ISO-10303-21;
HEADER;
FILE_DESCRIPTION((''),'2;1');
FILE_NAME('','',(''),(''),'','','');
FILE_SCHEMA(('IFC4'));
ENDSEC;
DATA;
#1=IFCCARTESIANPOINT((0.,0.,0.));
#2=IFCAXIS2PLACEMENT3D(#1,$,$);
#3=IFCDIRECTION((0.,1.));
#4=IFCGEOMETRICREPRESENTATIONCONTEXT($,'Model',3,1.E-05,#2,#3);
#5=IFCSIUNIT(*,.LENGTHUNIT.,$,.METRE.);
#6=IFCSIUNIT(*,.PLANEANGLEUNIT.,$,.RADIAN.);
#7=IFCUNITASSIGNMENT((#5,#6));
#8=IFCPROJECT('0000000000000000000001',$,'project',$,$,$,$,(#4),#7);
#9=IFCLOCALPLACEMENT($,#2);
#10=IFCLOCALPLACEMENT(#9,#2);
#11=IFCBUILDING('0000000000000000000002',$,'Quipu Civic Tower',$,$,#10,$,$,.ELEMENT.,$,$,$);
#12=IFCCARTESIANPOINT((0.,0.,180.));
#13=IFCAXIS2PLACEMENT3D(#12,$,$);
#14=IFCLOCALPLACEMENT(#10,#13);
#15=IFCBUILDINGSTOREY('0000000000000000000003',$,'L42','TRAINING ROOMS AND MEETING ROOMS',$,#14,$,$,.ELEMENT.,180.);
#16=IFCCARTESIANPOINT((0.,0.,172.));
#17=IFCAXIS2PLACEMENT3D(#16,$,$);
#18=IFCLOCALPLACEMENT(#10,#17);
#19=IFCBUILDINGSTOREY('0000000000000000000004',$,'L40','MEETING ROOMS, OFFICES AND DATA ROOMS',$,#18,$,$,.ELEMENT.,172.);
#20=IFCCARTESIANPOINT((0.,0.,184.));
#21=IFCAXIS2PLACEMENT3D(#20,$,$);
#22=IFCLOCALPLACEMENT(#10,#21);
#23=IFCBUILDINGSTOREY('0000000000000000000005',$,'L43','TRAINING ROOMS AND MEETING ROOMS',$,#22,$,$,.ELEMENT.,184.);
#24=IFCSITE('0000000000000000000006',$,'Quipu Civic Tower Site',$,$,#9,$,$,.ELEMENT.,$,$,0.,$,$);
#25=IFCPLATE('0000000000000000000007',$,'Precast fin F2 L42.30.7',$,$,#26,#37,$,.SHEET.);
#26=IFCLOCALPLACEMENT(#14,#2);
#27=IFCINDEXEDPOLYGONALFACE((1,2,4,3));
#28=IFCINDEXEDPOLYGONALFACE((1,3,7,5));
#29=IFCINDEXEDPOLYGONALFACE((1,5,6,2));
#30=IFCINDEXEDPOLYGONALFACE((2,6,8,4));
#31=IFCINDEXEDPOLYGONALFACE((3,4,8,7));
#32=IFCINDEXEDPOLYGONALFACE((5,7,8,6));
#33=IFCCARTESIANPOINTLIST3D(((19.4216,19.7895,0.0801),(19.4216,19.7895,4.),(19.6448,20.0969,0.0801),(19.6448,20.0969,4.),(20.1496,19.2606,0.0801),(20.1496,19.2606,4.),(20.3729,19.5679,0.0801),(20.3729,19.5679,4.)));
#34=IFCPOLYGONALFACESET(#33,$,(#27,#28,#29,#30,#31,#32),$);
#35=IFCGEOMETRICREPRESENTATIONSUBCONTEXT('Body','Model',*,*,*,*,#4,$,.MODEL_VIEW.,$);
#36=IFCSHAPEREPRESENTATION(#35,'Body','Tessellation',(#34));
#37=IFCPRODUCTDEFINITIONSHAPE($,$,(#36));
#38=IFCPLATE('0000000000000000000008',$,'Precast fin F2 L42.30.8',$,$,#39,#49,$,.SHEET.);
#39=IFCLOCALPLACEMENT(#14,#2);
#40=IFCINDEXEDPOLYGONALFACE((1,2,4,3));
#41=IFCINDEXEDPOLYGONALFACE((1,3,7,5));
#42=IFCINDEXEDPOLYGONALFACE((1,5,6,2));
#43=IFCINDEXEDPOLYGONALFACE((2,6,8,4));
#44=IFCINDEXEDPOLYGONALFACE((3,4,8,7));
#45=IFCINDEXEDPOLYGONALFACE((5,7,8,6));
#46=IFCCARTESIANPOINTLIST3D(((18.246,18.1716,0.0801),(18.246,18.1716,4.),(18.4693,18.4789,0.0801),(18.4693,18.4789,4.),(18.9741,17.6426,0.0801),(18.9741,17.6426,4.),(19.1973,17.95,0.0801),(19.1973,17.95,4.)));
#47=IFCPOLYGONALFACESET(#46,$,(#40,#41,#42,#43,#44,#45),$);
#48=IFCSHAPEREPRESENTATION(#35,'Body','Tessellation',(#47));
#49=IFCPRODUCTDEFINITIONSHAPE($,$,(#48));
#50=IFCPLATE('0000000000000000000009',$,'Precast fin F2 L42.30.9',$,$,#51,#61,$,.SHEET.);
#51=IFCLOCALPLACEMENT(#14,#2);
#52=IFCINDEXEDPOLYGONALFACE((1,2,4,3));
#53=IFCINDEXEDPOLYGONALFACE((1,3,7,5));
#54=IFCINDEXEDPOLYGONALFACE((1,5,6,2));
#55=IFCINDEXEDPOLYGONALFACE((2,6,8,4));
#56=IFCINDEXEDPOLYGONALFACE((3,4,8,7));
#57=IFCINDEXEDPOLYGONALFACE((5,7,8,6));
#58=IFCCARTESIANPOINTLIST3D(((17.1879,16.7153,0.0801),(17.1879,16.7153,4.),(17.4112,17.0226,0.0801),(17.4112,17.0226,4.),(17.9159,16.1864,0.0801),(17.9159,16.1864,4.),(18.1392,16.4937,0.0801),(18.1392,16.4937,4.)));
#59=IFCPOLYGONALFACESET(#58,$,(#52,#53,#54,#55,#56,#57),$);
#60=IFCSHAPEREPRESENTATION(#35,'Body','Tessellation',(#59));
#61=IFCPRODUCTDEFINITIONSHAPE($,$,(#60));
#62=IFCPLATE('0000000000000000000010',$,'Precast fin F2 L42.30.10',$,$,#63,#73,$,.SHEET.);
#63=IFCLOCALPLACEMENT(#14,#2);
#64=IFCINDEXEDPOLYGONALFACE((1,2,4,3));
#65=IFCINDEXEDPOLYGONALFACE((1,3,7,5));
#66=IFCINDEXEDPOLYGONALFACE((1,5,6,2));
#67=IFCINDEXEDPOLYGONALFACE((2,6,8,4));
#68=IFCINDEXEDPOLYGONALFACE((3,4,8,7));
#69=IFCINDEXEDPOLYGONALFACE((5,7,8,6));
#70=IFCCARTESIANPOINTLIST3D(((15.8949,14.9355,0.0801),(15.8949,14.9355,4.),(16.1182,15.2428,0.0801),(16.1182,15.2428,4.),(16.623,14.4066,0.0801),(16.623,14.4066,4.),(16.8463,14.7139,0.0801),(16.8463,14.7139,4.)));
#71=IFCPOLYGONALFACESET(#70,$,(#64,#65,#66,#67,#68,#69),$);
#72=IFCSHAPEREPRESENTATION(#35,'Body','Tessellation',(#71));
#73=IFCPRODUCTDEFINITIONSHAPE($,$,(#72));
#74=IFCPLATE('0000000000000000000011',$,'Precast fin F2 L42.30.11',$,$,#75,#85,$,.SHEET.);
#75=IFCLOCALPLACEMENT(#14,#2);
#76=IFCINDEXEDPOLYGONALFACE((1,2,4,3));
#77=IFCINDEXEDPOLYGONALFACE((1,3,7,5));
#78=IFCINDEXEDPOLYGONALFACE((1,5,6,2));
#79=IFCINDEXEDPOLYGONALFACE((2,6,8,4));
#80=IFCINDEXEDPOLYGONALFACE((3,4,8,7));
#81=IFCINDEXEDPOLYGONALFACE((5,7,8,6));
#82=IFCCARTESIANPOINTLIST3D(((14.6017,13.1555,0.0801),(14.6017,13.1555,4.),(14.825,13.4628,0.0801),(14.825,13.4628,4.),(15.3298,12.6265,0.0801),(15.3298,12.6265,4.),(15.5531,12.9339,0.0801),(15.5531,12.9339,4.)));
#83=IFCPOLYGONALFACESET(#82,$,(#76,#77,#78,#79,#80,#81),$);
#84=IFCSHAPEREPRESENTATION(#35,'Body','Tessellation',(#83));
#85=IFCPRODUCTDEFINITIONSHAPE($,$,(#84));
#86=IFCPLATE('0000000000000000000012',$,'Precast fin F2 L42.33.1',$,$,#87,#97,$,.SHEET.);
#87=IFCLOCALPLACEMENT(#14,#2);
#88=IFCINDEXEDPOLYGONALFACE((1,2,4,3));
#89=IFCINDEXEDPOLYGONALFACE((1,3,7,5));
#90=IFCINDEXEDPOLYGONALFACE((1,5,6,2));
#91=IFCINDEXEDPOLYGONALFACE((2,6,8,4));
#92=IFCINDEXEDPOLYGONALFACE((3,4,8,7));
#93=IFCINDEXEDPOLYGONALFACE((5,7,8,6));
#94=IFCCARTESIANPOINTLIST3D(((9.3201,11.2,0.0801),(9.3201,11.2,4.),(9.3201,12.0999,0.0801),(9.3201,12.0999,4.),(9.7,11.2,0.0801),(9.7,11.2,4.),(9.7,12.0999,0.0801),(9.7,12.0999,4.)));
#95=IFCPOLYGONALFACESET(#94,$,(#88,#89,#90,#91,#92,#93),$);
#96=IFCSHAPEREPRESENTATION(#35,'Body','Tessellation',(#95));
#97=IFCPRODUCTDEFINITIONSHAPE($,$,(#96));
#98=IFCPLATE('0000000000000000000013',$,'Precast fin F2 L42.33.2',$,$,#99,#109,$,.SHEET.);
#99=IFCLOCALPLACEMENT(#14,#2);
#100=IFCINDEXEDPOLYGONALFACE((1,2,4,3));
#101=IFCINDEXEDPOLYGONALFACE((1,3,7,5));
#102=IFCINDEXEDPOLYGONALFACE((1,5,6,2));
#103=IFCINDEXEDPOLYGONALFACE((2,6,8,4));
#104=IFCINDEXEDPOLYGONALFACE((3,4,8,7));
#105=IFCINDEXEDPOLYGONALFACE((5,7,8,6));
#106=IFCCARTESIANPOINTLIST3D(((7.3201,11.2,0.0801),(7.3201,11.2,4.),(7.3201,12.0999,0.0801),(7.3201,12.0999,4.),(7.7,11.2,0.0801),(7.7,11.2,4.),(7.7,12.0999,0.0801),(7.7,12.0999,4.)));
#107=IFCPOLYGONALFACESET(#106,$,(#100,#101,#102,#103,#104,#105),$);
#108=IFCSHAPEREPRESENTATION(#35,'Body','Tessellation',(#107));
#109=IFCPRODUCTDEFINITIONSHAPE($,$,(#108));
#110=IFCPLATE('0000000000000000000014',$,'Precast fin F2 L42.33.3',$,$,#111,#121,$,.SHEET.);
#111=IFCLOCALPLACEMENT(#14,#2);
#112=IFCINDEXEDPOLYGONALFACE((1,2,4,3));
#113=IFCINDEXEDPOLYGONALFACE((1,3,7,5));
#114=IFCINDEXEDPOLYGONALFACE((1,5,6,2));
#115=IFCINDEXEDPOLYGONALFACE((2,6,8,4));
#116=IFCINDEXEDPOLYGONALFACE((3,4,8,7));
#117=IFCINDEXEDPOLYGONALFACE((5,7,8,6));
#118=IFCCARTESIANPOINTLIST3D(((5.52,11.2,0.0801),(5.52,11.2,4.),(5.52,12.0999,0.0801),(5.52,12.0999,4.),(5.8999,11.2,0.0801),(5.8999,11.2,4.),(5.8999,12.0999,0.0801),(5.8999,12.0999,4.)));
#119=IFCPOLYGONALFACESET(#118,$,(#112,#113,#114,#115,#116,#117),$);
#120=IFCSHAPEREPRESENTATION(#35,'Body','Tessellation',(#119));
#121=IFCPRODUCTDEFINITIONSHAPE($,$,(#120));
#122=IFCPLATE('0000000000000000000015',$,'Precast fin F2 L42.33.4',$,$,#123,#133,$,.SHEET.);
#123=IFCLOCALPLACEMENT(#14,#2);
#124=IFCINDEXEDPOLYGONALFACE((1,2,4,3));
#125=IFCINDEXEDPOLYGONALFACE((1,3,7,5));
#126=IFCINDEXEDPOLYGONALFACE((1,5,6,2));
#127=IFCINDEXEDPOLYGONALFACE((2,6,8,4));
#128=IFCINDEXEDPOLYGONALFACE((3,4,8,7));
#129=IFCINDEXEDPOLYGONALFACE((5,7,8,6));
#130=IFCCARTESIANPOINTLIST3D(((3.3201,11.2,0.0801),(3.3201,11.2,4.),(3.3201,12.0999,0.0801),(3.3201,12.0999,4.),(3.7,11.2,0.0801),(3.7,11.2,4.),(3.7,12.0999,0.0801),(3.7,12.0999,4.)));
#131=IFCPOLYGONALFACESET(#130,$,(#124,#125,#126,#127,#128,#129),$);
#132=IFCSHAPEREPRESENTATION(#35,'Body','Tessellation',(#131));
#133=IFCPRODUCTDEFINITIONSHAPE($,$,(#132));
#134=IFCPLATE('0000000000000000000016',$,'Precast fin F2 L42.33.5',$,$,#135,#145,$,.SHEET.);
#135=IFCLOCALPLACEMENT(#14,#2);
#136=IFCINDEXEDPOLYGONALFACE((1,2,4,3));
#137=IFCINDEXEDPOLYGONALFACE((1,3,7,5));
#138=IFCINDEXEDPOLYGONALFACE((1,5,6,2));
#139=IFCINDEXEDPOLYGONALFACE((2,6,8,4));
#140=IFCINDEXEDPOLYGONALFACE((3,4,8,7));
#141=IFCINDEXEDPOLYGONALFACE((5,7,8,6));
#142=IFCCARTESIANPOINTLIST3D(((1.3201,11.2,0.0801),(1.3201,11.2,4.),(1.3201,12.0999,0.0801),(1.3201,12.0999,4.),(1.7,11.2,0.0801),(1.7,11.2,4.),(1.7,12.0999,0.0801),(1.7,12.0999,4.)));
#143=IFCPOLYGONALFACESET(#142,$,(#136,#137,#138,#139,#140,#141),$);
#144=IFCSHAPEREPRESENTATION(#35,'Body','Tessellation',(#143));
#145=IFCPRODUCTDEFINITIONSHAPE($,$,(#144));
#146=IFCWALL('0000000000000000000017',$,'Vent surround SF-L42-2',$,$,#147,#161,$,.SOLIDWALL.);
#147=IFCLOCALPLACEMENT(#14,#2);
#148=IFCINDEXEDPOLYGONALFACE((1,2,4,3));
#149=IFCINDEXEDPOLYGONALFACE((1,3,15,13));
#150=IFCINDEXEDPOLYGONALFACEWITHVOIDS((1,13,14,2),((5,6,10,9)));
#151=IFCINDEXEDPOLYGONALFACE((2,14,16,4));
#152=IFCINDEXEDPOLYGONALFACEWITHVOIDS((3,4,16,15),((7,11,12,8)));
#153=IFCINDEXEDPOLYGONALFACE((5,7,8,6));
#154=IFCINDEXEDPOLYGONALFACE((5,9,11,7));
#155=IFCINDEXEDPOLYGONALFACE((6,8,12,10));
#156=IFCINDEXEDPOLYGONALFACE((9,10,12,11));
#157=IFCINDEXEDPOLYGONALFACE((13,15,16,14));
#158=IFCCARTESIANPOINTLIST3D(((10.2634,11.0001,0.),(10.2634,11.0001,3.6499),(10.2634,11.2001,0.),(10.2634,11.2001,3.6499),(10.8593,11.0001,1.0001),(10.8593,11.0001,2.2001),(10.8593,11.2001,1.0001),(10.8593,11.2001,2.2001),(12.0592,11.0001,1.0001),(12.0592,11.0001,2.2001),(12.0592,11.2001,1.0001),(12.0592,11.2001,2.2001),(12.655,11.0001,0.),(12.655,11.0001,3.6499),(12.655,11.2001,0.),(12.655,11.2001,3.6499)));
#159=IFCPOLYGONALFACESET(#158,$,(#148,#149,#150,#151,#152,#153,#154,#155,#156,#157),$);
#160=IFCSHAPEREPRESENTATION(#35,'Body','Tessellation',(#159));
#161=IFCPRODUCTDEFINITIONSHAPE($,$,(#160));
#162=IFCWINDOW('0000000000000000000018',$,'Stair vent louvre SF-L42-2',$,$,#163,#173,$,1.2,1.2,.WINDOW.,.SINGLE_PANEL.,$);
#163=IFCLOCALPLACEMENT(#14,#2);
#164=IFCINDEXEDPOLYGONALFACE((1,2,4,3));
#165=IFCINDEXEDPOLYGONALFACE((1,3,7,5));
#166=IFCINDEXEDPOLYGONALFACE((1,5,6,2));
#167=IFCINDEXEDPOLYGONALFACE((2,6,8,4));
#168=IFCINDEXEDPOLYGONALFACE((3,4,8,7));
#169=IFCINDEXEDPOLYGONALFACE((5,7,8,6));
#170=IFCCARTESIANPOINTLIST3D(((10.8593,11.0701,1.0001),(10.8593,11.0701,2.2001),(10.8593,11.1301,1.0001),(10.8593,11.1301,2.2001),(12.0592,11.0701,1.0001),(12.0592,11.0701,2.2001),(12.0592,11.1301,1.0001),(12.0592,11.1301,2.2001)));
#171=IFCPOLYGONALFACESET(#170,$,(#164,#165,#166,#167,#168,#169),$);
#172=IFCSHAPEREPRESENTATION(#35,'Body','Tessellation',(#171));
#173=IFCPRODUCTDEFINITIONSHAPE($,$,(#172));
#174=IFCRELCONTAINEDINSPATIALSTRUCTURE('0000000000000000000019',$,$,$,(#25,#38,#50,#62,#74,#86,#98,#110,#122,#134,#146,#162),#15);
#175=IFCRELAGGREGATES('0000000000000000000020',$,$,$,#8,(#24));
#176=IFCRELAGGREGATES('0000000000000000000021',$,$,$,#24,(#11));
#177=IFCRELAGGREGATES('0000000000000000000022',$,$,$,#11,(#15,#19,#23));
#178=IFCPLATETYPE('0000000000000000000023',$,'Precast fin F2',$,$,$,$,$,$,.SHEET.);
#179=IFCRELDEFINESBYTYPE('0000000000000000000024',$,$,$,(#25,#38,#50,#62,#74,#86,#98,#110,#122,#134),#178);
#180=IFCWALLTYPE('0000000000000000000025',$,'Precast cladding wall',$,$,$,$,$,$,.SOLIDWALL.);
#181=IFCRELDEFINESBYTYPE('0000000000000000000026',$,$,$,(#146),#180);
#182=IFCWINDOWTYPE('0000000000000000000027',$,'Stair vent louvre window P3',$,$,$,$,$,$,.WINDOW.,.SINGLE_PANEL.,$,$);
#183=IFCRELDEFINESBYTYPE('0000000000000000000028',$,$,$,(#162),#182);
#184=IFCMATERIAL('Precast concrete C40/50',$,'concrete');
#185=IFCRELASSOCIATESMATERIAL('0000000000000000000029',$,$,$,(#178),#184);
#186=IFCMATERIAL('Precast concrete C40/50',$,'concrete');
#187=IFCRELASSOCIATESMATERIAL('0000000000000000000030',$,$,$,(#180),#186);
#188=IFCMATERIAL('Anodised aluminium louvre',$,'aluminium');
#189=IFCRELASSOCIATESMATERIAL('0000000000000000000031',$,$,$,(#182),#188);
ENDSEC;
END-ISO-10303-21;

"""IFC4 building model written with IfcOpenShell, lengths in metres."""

from ifc_helpers import new_model, si_unit, direction, frame, frame_2d, origin, origin_2d, place, context, subcontext, project, spatial, rectangle, extrude, material, type_object, element, fill, save


model = new_model("IFC4")

# Units and contexts
model_context = context("Model", 3, precision=1e-05, world=origin(), true_north=direction((0.0, 1.0)))
body_context = subcontext(model_context, "Body", "Model", "MODEL_VIEW")
ifc_project = project(units=[si_unit("LENGTHUNIT", "METRE"), si_unit("PLANEANGLEUNIT", "RADIAN")], contexts=[model_context])

# Site, building, storey
site_placement = place(None, origin())
site = spatial("IfcSite", under=ifc_project, at=site_placement, Name="Quipu Civic Tower Site", CompositionType="ELEMENT", RefElevation=0.0)
building_placement = place(site_placement, origin())
building = spatial("IfcBuilding", under=site, at=building_placement, Name="Quipu Civic Tower", CompositionType="ELEMENT")
storey_1_placement = place(building_placement, frame((0.0, 0.0, 180.0)))
storey_1 = spatial("IfcBuildingStorey", under=building, at=storey_1_placement, Name="L42", Description="TRAINING ROOMS AND MEETING ROOMS", CompositionType="ELEMENT", Elevation=180.0)

# Shared definitions
storey_2_placement = place(building_placement, frame((0.0, 0.0, 172.0)))
storey_2 = spatial("IfcBuildingStorey", under=building, at=storey_2_placement, Name="L40", Description="MEETING ROOMS, OFFICES AND DATA ROOMS", CompositionType="ELEMENT", Elevation=172.0)

# Shared definitions
storey_3_placement = place(building_placement, frame((0.0, 0.0, 184.0)))
storey_3 = spatial("IfcBuildingStorey", under=building, at=storey_3_placement, Name="L43", Description="TRAINING ROOMS AND MEETING ROOMS", CompositionType="ELEMENT", Elevation=184.0)

# Plates
ifc_material_1 = material(Name="Precast concrete C40/50", Category="concrete")
plate_type_1 = type_object("IfcPlateType", Name="Precast fin F2", PredefinedType="SHEET", material=ifc_material_1)
for number, where, z_axis, x_axis, name in (
    (1, (19.8972, 19.6787, 0.0801), (0.0, 0.0, 1.0), (-0.587787, -0.809016, 0.0), "Precast fin F2 L42.30.7"),
    (2, (18.7217, 18.0608, 0.0801), (0.0, 0.0, 1.0), (-0.587787, -0.809016, 0.0), "Precast fin F2 L42.30.8"),
    (3, (17.6636, 16.6045, 0.0801), (0.0, 0.0, 1.0), (-0.587787, -0.809016, 0.0), "Precast fin F2 L42.30.9"),
    (4, (16.3706, 14.8247, 0.0801), (0.0, 0.0, 1.0), (-0.587787, -0.809016, 0.0), "Precast fin F2 L42.30.10"),
    (5, (15.0774, 13.0447, 0.0801), (0.0, 0.0, 1.0), (-0.587787, -0.809016, 0.0), "Precast fin F2 L42.30.11"),
    (6, (9.51, 11.6499, 0.0801), (0.0, 0.0, 1.0), (-1.0, 0.0, 0.0), "Precast fin F2 L42.33.1"),
    (7, (7.51, 11.6499, 0.0801), (0.0, 0.0, 1.0), (-1.0, 0.0, 0.0), "Precast fin F2 L42.33.2"),
    (8, (5.71, 11.6499, 0.0801), (0.0, 0.0, 1.0), (-1.0, 0.0, 0.0), "Precast fin F2 L42.33.3"),
    (9, (3.51, 11.6499, 0.0801), (0.0, 0.0, 1.0), (-1.0, 0.0, 0.0), "Precast fin F2 L42.33.4"),
    (10, (1.51, 11.6499, 0.0801), (0.0, 0.0, 1.0), (-1.0, 0.0, 0.0), "Precast fin F2 L42.33.5"),
):
    element("IfcPlate", number, at=place(storey_1_placement, frame(where, z_axis=z_axis, x_axis=x_axis)), inside=storey_1, type_object=plate_type_1, Name=name, PredefinedType="SHEET", context=body_context, shape_type="SweptSolid", body=[
        extrude(rectangle(XDim=0.3799, YDim=0.8999, at=origin_2d()), origin(), (0.0, 0.0, 1.0), 3.9199),
    ])

# Wall, opening, window
ifc_material_2 = material(Name="Precast concrete C40/50", Category="concrete")
wall_type = type_object("IfcWallType", Name="Precast cladding wall", PredefinedType="SOLIDWALL", material=ifc_material_2)
wall_placement = place(storey_1_placement, frame((12.655, 11.1001, 0.0), z_axis=(0.0, 0.0, 1.0), x_axis=(-1.0, 0.0, 0.0)))
wall = element("IfcWall", 11, at=wall_placement, inside=storey_1, type_object=wall_type, Name="Vent surround SF-L42-2", PredefinedType="SOLIDWALL", context=body_context, shape_type="SweptSolid", body=[
    extrude(rectangle(XDim=2.3916, YDim=0.2, at=frame_2d((1.1958, 0.0))), origin(), (0.0, 0.0, 1.0), 3.6499),
])
opening_placement = place(wall_placement, frame((0.5957, 0.0, 1.0)))
opening = element("IfcOpeningElement", 12, at=opening_placement, cuts=wall, PredefinedType="OPENING", context=body_context, shape_type="SweptSolid", body=[
    extrude(rectangle(XDim=1.2, YDim=1.2, at=frame_2d((0.6001, 0.6001))), frame((0.0, 0.1099, 0.0), z_axis=(0.0, -1.0, 0.0), x_axis=(1.0, 0.0, 0.0)), (0.0, 0.0, 1.0), 0.22),
])
ifc_material_3 = material(Name="Anodised aluminium louvre", Category="aluminium")
window_type = type_object("IfcWindowType", Name="Stair vent louvre window P3", PartitioningType="SINGLE_PANEL", PredefinedType="WINDOW", material=ifc_material_3)
window_placement = place(opening_placement, origin())
window = element("IfcWindow", 13, at=window_placement, inside=storey_1, type_object=window_type, Name="Stair vent louvre SF-L42-2", OverallHeight=1.2, OverallWidth=1.2, PartitioningType="SINGLE_PANEL", PredefinedType="WINDOW", context=body_context, shape_type="SweptSolid", body=[
    extrude(rectangle(XDim=1.2, YDim=1.2, at=frame_2d((0.6001, 0.6001))), frame((0.0, 0.03, 0.0), z_axis=(0.0, -1.0, 0.0), x_axis=(1.0, 0.0, 0.0)), (0.0, 0.0, 1.0), 0.0601),
])
fill(opening, window)

save(model, "model.ifc")
